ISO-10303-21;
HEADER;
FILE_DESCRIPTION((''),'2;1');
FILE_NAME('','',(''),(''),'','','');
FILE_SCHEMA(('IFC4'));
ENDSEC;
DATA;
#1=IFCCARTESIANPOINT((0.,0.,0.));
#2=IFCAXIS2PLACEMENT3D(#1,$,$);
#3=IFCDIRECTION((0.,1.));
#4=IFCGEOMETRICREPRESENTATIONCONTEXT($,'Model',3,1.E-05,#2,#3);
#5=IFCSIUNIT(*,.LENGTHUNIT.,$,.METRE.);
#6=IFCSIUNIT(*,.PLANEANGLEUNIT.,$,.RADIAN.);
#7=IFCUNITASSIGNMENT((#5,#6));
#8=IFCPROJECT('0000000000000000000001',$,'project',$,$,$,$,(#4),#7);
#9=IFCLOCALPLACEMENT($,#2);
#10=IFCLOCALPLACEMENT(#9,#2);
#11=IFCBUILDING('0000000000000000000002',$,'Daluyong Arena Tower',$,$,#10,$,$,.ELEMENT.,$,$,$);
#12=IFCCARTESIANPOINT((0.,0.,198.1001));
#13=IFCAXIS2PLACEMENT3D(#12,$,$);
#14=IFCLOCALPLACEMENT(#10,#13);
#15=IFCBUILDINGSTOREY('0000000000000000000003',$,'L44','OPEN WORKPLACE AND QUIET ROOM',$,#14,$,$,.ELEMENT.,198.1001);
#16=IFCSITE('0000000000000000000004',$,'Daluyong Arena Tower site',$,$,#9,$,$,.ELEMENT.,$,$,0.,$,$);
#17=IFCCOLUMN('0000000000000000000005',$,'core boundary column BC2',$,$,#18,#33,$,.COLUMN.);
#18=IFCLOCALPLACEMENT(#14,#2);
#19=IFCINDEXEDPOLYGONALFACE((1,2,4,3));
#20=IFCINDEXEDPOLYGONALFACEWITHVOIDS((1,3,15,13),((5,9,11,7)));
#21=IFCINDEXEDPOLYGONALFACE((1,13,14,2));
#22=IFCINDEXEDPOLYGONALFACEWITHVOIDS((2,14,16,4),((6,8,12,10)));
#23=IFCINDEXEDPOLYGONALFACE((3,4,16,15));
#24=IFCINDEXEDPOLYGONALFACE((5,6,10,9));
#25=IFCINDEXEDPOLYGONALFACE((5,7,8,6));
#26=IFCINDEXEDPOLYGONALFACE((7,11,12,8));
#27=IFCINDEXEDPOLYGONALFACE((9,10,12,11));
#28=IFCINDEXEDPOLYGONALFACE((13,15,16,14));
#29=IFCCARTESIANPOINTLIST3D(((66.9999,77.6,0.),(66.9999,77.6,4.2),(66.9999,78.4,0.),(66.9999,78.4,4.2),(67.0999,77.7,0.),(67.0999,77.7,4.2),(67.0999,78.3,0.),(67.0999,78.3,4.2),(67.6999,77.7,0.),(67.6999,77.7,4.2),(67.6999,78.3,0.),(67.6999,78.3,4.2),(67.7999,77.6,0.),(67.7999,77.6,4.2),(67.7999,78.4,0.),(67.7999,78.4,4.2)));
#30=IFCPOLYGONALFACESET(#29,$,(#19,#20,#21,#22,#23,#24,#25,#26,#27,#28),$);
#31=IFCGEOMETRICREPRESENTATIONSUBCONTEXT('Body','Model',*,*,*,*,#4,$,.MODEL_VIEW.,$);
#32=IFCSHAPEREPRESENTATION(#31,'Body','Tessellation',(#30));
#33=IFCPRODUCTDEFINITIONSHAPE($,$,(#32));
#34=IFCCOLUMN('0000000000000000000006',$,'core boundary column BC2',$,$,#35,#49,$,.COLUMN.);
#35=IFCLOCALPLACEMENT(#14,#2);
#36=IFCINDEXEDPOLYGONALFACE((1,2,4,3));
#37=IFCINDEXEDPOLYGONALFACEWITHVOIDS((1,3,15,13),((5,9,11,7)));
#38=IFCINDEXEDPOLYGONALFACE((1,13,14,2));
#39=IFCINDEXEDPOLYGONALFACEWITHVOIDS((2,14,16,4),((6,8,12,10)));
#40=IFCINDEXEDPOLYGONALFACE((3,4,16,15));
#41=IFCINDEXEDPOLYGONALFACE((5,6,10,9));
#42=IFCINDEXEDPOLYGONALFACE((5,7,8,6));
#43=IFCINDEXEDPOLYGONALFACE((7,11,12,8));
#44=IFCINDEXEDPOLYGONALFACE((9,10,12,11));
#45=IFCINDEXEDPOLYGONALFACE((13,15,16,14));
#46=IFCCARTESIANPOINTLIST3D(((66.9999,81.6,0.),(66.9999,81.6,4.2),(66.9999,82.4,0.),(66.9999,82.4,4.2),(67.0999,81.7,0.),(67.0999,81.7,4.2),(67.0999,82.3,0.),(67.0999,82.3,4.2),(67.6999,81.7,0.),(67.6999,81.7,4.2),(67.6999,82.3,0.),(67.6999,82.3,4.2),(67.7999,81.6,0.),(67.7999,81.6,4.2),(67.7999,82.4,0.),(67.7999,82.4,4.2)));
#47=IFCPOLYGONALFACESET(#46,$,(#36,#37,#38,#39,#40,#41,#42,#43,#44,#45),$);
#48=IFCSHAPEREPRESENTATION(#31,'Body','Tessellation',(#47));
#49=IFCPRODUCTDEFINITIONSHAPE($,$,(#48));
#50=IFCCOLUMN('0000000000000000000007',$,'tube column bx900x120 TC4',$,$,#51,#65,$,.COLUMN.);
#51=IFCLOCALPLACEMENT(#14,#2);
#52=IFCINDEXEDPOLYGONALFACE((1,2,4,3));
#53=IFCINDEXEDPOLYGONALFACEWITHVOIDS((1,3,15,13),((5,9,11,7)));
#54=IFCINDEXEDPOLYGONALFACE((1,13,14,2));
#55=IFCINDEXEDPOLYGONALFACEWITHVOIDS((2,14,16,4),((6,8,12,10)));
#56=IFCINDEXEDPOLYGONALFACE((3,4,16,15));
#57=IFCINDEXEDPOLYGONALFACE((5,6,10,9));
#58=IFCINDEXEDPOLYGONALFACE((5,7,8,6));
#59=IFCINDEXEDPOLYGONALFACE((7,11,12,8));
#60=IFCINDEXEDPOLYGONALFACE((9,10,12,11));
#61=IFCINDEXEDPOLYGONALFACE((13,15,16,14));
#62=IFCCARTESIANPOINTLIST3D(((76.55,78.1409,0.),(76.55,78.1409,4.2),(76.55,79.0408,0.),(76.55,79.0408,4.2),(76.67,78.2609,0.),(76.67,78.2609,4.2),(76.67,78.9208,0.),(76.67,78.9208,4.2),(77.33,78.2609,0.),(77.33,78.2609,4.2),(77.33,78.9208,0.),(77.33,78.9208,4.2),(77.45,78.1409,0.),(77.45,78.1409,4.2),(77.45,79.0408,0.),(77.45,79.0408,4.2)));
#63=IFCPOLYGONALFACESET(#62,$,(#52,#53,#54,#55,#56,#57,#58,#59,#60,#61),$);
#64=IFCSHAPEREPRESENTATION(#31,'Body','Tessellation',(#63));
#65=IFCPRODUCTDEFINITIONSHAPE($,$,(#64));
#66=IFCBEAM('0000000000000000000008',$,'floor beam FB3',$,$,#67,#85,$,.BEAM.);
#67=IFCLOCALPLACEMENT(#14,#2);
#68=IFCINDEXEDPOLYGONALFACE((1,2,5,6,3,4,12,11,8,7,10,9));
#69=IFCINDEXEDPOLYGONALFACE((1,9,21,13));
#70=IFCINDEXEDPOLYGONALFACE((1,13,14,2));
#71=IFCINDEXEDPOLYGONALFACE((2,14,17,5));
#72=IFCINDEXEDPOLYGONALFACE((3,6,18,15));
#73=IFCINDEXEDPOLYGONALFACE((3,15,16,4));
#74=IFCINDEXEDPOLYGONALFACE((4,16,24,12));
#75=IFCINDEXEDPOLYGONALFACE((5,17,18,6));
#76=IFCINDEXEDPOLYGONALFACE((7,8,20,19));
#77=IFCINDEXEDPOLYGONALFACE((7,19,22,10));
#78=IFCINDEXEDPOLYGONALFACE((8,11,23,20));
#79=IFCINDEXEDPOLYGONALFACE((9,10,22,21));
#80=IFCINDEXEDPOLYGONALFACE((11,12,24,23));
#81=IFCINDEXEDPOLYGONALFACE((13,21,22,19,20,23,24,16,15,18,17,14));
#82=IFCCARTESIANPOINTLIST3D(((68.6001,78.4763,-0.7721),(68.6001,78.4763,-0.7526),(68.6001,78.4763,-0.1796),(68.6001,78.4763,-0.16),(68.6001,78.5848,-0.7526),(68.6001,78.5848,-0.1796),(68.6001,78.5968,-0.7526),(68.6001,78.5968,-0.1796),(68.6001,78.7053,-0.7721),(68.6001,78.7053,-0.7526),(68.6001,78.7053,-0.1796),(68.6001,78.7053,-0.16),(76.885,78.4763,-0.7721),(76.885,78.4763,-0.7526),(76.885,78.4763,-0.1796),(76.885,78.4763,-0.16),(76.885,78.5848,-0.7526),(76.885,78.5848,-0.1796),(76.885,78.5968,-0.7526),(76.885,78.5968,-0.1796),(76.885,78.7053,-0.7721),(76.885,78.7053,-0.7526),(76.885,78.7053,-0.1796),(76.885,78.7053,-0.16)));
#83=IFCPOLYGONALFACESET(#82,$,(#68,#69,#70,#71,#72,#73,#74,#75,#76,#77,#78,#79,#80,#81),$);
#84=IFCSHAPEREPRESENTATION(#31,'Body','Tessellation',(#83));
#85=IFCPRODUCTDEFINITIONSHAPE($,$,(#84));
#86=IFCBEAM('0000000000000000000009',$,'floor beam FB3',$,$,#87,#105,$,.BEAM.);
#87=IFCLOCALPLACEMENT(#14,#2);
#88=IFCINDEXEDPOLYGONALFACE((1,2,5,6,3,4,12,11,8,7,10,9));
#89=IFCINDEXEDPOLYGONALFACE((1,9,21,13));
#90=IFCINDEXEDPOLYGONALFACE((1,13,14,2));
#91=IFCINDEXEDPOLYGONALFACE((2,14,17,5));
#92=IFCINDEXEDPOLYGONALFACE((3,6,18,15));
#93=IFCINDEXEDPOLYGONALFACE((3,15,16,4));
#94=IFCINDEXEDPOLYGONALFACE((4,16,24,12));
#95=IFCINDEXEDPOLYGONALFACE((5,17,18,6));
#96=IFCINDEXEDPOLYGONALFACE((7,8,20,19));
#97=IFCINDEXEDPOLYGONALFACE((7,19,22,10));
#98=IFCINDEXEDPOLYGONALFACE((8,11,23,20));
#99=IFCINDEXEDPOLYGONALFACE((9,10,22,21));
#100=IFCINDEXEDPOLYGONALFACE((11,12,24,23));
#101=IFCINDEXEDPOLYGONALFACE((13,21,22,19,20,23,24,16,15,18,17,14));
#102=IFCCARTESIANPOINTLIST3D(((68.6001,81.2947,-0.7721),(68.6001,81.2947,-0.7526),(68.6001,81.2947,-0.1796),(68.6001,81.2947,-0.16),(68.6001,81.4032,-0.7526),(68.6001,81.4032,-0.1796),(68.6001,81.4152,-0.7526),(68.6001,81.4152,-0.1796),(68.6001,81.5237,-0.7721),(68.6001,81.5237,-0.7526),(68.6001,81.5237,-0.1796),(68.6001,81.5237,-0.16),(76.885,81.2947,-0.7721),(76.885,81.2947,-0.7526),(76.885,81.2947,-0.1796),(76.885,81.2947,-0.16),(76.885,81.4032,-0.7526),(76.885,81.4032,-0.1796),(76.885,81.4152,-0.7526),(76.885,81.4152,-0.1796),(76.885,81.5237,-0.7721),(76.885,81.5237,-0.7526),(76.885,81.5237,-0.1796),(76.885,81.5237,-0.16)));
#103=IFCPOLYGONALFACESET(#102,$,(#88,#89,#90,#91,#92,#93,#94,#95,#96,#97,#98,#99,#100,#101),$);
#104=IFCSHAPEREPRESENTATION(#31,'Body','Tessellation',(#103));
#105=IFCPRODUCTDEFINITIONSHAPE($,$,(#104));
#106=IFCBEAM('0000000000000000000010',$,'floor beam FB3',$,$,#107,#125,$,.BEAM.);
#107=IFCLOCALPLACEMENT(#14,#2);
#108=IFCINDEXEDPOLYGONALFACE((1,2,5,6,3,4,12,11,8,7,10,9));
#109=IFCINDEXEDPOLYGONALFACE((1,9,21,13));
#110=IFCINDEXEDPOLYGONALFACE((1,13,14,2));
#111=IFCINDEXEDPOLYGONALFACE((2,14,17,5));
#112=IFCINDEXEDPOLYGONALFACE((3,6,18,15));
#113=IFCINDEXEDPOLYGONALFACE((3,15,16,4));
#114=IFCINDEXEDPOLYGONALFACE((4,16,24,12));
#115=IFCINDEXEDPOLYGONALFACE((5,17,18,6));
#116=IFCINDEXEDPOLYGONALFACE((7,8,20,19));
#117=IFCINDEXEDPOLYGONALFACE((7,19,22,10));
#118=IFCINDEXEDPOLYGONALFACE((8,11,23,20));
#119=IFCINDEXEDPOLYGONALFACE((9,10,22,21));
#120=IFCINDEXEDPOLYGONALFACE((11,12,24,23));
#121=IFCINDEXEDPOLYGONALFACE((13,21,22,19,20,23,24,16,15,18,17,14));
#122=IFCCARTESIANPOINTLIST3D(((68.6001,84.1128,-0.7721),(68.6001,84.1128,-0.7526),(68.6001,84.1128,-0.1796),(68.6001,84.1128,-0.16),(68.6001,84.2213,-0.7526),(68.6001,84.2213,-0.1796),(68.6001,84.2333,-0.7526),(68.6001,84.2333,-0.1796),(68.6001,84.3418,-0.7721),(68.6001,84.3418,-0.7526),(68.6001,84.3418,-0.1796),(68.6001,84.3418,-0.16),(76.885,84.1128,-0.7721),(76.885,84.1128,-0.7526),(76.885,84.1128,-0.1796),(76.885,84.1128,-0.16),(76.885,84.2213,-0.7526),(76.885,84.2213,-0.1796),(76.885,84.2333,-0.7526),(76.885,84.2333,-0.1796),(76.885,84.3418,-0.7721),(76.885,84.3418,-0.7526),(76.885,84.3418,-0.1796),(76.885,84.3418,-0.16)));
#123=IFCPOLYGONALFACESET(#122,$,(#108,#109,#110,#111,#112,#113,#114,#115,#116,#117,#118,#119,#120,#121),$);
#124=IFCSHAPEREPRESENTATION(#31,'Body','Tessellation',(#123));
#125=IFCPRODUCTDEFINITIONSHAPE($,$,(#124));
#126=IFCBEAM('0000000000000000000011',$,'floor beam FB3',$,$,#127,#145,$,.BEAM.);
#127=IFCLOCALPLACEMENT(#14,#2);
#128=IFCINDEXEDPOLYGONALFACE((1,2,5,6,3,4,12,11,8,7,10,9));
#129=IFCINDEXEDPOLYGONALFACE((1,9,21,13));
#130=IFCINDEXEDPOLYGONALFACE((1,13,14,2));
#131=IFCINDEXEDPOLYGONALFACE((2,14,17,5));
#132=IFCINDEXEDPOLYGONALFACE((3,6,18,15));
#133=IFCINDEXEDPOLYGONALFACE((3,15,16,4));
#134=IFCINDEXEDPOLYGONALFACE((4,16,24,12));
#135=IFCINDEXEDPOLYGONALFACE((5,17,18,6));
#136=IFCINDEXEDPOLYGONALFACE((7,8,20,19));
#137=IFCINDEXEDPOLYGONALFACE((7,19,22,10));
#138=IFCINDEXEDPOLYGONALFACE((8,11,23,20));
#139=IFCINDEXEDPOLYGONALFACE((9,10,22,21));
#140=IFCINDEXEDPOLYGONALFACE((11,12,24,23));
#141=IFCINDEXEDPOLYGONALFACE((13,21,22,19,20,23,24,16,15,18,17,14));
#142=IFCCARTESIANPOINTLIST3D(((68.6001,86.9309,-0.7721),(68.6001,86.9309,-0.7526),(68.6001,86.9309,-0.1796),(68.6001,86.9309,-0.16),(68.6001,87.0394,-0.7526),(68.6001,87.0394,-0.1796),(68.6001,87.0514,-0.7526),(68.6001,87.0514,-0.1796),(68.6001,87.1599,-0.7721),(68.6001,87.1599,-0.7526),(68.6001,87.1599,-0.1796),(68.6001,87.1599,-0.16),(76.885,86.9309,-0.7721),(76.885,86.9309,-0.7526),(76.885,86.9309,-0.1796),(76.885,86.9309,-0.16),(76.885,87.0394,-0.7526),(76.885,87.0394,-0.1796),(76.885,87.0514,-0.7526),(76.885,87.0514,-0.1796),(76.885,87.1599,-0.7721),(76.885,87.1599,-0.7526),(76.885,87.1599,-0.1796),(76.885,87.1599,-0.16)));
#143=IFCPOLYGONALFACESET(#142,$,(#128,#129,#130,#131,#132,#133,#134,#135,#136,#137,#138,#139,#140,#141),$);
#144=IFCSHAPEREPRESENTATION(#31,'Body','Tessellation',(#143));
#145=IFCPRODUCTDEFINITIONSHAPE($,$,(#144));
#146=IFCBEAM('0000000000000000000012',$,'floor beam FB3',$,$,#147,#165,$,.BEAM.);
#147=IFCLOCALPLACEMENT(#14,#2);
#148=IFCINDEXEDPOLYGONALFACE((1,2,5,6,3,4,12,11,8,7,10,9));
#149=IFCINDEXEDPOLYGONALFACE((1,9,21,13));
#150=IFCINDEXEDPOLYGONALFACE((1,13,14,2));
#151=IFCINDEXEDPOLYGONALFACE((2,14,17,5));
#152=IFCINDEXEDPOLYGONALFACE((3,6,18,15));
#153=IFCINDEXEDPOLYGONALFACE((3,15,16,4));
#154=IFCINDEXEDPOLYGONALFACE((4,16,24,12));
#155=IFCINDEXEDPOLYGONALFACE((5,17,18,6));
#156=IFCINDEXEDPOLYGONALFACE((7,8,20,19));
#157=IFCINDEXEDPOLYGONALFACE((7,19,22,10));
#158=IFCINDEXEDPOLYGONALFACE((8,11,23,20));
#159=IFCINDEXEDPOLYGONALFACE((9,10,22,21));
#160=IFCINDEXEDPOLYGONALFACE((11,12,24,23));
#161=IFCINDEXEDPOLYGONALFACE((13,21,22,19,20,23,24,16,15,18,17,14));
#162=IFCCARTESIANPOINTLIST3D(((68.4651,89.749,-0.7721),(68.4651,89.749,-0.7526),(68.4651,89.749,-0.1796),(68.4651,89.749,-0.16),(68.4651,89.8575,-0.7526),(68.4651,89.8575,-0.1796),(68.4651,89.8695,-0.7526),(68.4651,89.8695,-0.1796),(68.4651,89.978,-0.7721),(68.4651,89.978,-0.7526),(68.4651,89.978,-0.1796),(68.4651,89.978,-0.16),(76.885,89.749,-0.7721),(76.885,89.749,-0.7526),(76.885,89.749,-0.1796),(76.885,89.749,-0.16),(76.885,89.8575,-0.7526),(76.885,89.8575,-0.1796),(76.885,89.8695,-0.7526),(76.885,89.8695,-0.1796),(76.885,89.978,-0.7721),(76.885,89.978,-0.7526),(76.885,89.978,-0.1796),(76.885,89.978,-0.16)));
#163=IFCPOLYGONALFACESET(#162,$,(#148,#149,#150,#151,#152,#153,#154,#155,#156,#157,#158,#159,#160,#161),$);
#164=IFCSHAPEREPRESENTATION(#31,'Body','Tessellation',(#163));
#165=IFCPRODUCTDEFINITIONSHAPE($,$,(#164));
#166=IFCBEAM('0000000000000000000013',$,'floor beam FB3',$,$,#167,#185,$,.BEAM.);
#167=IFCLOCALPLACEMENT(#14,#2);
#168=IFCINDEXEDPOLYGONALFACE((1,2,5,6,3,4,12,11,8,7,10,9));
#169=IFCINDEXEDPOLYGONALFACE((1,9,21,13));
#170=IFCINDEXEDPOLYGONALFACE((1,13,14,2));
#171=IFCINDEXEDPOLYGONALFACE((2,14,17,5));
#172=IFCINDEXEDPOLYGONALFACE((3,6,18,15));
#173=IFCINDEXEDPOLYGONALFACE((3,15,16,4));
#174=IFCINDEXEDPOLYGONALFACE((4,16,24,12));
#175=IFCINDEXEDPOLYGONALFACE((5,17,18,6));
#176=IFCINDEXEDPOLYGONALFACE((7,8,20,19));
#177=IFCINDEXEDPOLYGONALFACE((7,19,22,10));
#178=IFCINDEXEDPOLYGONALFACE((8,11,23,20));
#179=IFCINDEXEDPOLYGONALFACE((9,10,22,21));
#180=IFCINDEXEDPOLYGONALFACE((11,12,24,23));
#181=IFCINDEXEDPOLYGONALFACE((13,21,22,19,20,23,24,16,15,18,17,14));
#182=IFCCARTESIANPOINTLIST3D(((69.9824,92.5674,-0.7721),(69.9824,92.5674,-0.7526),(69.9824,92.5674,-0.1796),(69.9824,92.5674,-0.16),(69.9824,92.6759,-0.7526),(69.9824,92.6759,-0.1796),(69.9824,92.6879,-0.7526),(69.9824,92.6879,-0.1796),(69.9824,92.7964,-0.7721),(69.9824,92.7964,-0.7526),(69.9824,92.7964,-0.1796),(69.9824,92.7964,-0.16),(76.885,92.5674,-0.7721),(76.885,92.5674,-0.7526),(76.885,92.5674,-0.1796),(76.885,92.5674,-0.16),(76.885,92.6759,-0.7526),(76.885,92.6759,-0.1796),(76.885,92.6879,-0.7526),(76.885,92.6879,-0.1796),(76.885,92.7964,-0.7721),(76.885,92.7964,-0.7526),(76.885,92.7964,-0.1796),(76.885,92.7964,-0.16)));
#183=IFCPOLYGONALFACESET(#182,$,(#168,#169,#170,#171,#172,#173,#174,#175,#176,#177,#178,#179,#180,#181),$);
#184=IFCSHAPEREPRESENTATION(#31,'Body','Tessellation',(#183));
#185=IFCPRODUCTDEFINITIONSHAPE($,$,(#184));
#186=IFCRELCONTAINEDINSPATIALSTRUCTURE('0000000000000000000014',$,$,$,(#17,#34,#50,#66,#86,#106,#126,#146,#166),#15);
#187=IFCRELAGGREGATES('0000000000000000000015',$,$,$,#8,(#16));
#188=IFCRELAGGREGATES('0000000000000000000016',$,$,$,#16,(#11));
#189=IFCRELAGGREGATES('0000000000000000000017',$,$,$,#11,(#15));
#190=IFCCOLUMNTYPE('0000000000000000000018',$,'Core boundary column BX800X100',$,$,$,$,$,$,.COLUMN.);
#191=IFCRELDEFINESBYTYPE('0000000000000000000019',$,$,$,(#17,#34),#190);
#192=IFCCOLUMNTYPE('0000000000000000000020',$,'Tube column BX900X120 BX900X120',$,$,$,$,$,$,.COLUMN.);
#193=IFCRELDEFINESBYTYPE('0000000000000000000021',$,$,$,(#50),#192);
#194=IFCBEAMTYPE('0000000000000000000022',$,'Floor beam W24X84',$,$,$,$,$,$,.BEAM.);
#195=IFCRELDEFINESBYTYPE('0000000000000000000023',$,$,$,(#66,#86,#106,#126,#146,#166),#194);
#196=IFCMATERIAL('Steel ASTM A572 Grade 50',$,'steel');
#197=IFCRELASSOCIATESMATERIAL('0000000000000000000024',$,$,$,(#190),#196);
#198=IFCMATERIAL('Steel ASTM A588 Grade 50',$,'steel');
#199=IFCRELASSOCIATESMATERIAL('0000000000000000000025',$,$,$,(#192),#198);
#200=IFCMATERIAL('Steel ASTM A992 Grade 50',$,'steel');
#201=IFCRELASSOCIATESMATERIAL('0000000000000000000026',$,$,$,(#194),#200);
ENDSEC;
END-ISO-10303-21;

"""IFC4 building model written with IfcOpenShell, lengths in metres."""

from ifc_helpers import new_model, si_unit, direction, frame, origin, origin_2d, place, context, subcontext, project, spatial, hollow_rectangle, i_section, extrude, material, material_profile, profile_set, type_object, element, save


model = new_model("IFC4")

# Units and contexts
model_context = context("Model", 3, precision=1e-05, world=origin(), true_north=direction((0.0, 1.0)))
body_context = subcontext(model_context, "Body", "Model", "MODEL_VIEW")
ifc_project = project(units=[si_unit("LENGTHUNIT", "METRE"), si_unit("PLANEANGLEUNIT", "RADIAN")], contexts=[model_context])

# Site, building, storey
site_placement = place(None, origin())
site = spatial("IfcSite", under=ifc_project, at=site_placement, Name="Daluyong Arena Tower site", CompositionType="ELEMENT", RefElevation=0.0)
building_placement = place(site_placement, origin())
building = spatial("IfcBuilding", under=site, at=building_placement, Name="Daluyong Arena Tower", CompositionType="ELEMENT")
storey_placement = place(building_placement, frame((0.0, 0.0, 198.1001)))
storey = spatial("IfcBuildingStorey", under=building, at=storey_placement, Name="L44", Description="OPEN WORKPLACE AND QUIET ROOM", CompositionType="ELEMENT", Elevation=198.1001)

# Columns
ifc_material_1 = material(Name="Steel ASTM A572 Grade 50", Category="steel")
ifc_material_profile_1 = material_profile(ifc_material_1, hollow_rectangle(XDim=0.8, YDim=0.8, WallThickness=0.1, at=origin_2d()))
ifc_profile_set_1 = profile_set([ifc_material_profile_1], Name="Steel ASTM A572 Grade 50")
column_type_1 = type_object("IfcColumnType", Name="Core boundary column BX800X100", PredefinedType="COLUMN", material=ifc_profile_set_1)
for number, where, z_axis, x_axis, name in (
    (1, (67.3999, 78.0, 0.0), (0.0, 0.0, 1.0), (1.0, 0.0, 0.0), "core boundary column BC2"),
    (2, (67.3999, 82.0, 0.0), (0.0, 0.0, 1.0), (1.0, 0.0, 0.0), "core boundary column BC2"),
):
    element("IfcColumn", number, at=place(storey_placement, frame(where, z_axis=z_axis, x_axis=x_axis)), inside=storey, type_object=column_type_1, Name=name, PredefinedType="COLUMN", context=body_context, shape_type="SweptSolid", body=[
        extrude(hollow_rectangle(XDim=0.8, YDim=0.8, WallThickness=0.1, at=origin_2d()), origin(), (0.0, 0.0, 1.0), 4.2),
    ])
ifc_material_2 = material(Name="Steel ASTM A588 Grade 50", Category="steel")
ifc_material_profile_2 = material_profile(ifc_material_2, hollow_rectangle(XDim=0.8999, YDim=0.8999, WallThickness=0.12, at=origin_2d()))
ifc_profile_set_2 = profile_set([ifc_material_profile_2], Name="Steel ASTM A588 Grade 50")
column_type_2 = type_object("IfcColumnType", Name="Tube column BX900X120 BX900X120", PredefinedType="COLUMN", material=ifc_profile_set_2)
column_placement = place(storey_placement, frame((77.0, 78.5908, 0.0), z_axis=(0.0, 0.0, 1.0), x_axis=(0.0, 1.0, 0.0)))
element("IfcColumn", 3, at=column_placement, inside=storey, type_object=column_type_2, Name="tube column bx900x120 TC4", PredefinedType="COLUMN", context=body_context, shape_type="SweptSolid", body=[
    extrude(hollow_rectangle(XDim=0.8999, YDim=0.8999, WallThickness=0.12, at=origin_2d()), origin(), (0.0, 0.0, 1.0), 4.2),
])

# Beams
ifc_material_3 = material(Name="Steel ASTM A992 Grade 50", Category="steel")
ifc_material_profile_3 = material_profile(ifc_material_3, i_section(OverallWidth=0.229, OverallDepth=0.6121, WebThickness=0.012, FlangeThickness=0.0195, at=origin_2d()))
ifc_profile_set_3 = profile_set([ifc_material_profile_3], Name="Steel ASTM A992 Grade 50")
beam_type_1 = type_object("IfcBeamType", Name="Floor beam W24X84", PredefinedType="BEAM", material=ifc_profile_set_3)
for number, where, z_axis, x_axis, name in (
    (4, (76.885, 78.5908, -0.4661), (-1.0, 0.0, 0.0), (0.0, -1.0, 0.0), "floor beam FB3"),
    (5, (76.885, 81.4092, -0.4661), (-1.0, 0.0, 0.0), (0.0, -1.0, 0.0), "floor beam FB3"),
    (6, (76.885, 84.2273, -0.4661), (-1.0, 0.0, 0.0), (0.0, -1.0, 0.0), "floor beam FB3"),
    (7, (76.885, 87.0454, -0.4661), (-1.0, 0.0, 0.0), (0.0, -1.0, 0.0), "floor beam FB3"),
):
    element("IfcBeam", number, at=place(storey_placement, frame(where, z_axis=z_axis, x_axis=x_axis)), inside=storey, type_object=beam_type_1, Name=name, PredefinedType="BEAM", context=body_context, shape_type="SweptSolid", body=[
        extrude(i_section(OverallWidth=0.229, OverallDepth=0.6121, WebThickness=0.012, FlangeThickness=0.0195, at=origin_2d()), origin(), (0.0, 0.0, 1.0), 8.2849),
    ])
beam_1_placement = place(storey_placement, frame((76.885, 89.8635, -0.4661), z_axis=(-1.0, 0.0, 0.0), x_axis=(0.0, -1.0, 0.0)))
element("IfcBeam", 8, at=beam_1_placement, inside=storey, type_object=beam_type_1, Name="floor beam FB3", PredefinedType="BEAM", context=body_context, shape_type="SweptSolid", body=[
    extrude(i_section(OverallWidth=0.229, OverallDepth=0.6121, WebThickness=0.012, FlangeThickness=0.0195, at=origin_2d()), origin(), (0.0, 0.0, 1.0), 8.4199),
])
beam_2_placement = place(storey_placement, frame((76.885, 92.6819, -0.4661), z_axis=(-1.0, 0.0, 0.0), x_axis=(0.0, -1.0, 0.0)))
element("IfcBeam", 9, at=beam_2_placement, inside=storey, type_object=beam_type_1, Name="floor beam FB3", PredefinedType="BEAM", context=body_context, shape_type="SweptSolid", body=[
    extrude(i_section(OverallWidth=0.229, OverallDepth=0.6121, WebThickness=0.012, FlangeThickness=0.0195, at=origin_2d()), origin(), (0.0, 0.0, 1.0), 6.9026),
])

save(model, "model.ifc")
